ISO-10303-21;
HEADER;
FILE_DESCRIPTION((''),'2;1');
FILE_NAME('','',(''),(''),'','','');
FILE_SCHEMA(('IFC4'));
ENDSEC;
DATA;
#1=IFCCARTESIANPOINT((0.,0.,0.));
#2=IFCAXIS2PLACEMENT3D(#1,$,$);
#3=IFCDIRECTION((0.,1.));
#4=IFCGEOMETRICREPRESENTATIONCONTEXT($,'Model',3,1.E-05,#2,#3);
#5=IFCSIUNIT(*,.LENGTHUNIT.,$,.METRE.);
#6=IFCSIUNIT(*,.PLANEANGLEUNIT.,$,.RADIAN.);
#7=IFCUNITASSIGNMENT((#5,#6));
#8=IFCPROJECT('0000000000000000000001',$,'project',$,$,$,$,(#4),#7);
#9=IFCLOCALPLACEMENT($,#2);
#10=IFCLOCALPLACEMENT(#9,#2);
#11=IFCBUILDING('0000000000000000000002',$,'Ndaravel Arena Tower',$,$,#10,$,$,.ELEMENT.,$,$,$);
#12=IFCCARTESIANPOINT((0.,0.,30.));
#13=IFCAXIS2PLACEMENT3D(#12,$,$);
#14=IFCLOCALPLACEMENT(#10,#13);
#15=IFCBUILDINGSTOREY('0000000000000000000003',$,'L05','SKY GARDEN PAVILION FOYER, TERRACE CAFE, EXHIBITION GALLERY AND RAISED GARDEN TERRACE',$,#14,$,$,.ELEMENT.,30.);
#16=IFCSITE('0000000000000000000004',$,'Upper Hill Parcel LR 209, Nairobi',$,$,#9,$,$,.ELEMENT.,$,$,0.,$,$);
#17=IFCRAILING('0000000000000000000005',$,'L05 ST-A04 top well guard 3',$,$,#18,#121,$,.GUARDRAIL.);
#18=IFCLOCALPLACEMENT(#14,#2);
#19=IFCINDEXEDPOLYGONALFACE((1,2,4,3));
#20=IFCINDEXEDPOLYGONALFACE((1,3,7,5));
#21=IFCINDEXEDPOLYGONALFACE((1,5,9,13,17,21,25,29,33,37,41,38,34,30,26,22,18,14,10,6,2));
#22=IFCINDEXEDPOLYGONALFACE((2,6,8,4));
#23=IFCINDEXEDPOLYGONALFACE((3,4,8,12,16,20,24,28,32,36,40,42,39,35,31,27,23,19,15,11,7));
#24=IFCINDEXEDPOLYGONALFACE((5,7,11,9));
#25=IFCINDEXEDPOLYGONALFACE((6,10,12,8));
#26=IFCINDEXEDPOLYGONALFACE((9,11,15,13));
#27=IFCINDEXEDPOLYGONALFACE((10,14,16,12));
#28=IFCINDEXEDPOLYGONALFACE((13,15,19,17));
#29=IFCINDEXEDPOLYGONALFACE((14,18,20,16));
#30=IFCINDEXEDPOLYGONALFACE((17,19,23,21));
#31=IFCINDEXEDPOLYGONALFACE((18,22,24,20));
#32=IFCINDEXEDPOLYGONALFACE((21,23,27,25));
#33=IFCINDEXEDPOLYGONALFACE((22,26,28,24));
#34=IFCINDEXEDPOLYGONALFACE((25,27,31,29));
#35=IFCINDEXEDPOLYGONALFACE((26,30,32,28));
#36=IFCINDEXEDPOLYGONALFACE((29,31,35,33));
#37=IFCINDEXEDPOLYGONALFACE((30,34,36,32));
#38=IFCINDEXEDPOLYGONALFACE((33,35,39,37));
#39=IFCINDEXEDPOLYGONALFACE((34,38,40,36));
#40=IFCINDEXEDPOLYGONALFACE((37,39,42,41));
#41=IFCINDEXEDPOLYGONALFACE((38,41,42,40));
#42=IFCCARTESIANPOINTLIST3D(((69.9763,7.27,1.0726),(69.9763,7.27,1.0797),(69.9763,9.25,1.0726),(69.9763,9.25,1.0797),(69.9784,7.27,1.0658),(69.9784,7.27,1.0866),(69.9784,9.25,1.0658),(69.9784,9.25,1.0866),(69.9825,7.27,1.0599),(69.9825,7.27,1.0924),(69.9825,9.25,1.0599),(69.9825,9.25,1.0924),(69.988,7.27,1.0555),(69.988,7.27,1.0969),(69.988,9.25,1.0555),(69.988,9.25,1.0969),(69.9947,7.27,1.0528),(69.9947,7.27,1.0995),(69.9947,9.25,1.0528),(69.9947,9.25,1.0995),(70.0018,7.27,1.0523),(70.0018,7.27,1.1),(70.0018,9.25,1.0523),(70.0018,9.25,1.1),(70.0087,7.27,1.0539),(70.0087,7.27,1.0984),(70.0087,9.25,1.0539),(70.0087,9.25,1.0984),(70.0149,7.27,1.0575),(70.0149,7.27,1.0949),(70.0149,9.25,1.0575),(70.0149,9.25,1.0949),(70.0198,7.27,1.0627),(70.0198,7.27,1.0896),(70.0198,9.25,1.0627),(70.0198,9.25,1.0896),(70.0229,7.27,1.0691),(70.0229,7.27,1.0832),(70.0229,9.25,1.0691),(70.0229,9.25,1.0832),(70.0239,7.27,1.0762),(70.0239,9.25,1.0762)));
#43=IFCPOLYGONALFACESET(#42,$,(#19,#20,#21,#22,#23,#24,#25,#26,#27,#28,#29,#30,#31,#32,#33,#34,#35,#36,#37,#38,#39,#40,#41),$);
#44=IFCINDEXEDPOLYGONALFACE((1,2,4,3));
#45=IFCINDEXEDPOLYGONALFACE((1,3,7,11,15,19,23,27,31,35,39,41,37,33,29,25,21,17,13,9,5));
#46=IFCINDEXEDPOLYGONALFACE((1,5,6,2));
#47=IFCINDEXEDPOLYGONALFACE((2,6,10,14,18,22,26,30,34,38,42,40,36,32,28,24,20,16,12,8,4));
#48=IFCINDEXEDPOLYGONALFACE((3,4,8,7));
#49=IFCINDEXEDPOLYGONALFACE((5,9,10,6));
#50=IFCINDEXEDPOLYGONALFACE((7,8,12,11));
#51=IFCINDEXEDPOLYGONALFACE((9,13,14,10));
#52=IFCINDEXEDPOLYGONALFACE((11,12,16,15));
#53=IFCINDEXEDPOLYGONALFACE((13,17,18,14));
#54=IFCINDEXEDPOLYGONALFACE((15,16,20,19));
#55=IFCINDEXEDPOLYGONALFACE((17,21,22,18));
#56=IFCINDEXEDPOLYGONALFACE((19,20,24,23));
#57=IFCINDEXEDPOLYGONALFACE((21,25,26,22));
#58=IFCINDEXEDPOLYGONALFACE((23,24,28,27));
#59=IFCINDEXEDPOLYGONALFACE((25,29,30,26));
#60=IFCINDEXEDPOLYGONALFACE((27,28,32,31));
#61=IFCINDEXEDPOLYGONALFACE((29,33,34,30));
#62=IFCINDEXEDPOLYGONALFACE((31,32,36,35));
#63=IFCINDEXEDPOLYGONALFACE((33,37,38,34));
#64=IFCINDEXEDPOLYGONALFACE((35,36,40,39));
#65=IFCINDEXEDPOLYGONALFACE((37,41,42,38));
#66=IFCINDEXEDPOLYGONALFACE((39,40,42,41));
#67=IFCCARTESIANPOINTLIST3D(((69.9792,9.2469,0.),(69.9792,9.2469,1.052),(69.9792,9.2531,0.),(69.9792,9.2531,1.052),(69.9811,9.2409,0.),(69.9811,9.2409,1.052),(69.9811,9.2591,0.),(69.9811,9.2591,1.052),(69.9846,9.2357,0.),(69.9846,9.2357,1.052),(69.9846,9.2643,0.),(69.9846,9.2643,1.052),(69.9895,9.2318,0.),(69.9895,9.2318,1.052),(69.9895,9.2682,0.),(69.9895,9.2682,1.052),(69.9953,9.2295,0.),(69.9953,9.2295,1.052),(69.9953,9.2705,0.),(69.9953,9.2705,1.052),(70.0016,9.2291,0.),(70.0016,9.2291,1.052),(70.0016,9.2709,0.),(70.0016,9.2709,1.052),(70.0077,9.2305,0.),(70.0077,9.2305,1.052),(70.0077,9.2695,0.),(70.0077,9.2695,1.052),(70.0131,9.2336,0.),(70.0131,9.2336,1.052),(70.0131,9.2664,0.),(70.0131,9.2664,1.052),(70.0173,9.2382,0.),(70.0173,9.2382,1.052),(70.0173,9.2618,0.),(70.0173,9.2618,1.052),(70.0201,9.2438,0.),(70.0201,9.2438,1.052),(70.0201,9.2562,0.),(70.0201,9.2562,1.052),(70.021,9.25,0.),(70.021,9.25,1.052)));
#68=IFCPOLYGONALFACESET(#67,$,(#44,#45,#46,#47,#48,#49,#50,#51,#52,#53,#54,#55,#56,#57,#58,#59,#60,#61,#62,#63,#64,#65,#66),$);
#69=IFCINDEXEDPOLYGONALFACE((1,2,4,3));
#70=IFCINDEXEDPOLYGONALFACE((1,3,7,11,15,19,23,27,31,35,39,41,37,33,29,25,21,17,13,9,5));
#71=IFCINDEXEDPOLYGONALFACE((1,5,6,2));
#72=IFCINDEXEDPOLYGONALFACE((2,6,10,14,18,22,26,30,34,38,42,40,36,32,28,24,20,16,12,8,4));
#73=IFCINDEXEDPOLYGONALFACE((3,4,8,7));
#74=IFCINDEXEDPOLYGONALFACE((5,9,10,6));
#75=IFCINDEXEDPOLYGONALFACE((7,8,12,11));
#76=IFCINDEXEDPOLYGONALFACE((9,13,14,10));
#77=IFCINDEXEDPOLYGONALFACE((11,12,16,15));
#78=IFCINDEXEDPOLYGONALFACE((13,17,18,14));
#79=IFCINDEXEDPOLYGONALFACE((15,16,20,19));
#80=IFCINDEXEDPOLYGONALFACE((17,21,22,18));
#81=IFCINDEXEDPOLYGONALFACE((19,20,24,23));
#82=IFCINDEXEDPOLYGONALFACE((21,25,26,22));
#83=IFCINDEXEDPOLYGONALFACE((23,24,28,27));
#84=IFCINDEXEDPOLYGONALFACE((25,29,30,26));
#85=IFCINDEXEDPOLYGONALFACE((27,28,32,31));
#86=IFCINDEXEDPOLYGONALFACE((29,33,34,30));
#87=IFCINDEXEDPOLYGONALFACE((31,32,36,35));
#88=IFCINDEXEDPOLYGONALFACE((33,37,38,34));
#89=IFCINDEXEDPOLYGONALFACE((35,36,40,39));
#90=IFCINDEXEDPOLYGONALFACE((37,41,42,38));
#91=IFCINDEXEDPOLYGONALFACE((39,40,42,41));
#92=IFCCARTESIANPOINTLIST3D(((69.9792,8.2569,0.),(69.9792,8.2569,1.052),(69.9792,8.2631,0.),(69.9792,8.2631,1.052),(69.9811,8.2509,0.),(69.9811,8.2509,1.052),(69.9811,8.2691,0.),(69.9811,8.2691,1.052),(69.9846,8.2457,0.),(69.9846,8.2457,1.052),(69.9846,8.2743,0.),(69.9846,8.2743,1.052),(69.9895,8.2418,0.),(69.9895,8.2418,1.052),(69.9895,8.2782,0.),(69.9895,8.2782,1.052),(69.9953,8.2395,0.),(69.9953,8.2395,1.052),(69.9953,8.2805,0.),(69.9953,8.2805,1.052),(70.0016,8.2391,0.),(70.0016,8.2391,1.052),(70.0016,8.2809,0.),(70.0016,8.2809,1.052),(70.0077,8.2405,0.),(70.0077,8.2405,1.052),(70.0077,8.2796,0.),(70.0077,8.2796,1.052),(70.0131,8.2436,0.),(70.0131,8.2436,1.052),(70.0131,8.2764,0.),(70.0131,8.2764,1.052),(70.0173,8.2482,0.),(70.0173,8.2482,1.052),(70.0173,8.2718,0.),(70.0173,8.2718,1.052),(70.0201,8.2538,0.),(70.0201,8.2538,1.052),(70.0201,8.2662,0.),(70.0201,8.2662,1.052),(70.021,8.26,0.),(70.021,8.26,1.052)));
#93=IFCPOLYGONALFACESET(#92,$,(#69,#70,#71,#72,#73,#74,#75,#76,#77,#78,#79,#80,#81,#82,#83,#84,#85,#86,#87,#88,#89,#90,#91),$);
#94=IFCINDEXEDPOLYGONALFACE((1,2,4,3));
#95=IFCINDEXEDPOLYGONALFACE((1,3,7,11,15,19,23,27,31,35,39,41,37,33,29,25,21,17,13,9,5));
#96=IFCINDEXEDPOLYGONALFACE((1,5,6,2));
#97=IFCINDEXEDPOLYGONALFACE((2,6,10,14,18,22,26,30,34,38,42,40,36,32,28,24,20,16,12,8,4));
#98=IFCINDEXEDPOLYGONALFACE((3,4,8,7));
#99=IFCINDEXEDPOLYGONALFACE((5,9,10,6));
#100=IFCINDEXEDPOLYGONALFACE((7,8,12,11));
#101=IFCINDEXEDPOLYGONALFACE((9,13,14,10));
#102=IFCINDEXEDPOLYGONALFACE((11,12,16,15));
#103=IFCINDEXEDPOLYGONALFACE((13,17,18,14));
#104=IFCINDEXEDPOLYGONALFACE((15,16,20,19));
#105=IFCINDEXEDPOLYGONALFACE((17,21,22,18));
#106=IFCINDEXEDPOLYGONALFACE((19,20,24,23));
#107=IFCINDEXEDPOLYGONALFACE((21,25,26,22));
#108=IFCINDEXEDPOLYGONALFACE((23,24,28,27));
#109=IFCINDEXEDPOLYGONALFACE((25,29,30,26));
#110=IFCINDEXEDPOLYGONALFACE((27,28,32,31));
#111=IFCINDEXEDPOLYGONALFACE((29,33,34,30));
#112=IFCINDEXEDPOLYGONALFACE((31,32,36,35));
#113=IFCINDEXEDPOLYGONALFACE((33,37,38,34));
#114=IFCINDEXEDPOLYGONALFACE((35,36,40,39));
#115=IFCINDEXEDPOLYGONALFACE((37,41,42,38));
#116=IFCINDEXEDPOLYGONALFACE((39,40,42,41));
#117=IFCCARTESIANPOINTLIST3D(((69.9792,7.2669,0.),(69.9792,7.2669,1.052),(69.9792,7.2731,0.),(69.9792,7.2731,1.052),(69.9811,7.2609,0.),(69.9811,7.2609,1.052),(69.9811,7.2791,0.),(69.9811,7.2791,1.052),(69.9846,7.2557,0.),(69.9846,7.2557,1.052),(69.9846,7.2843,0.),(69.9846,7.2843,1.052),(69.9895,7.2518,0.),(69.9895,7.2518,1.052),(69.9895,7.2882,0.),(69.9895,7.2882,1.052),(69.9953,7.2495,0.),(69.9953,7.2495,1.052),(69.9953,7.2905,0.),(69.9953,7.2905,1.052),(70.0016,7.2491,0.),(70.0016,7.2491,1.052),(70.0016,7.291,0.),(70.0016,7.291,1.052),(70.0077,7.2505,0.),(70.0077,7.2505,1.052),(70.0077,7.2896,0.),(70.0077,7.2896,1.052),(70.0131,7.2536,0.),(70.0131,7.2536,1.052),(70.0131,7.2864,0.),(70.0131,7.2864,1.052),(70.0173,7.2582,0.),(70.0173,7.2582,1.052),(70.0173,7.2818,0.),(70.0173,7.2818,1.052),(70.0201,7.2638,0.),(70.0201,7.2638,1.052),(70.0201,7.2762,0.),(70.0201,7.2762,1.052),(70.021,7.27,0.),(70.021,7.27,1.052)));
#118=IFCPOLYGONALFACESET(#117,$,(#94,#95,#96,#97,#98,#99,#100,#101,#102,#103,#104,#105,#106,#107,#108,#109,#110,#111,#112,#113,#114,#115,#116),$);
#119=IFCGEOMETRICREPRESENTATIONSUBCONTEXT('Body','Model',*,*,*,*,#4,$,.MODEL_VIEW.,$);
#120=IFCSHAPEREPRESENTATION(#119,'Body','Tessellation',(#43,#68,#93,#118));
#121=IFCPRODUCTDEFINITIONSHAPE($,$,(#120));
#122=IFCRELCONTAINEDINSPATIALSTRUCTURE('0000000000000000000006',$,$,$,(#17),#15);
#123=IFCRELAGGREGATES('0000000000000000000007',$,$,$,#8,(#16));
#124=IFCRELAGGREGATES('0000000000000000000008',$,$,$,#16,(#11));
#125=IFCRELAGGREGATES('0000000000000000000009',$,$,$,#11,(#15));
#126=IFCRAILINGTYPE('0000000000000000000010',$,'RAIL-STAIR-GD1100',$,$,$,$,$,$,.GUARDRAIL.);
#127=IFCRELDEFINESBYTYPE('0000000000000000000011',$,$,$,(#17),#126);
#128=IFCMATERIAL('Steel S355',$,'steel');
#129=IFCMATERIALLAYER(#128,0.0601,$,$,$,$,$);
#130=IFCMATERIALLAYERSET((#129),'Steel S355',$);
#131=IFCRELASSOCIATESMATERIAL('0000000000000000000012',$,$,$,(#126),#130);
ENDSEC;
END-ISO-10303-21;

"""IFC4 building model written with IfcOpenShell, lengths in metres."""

from ifc_helpers import new_model, si_unit, direction, frame, origin, origin_2d, place, context, subcontext, project, spatial, circle, extrude, material, layer, layer_set, type_object, element, save


model = new_model("IFC4")

# Units and contexts
model_context = context("Model", 3, precision=1e-05, world=origin(), true_north=direction((0.0, 1.0)))
body_context = subcontext(model_context, "Body", "Model", "MODEL_VIEW")
ifc_project = project(units=[si_unit("LENGTHUNIT", "METRE"), si_unit("PLANEANGLEUNIT", "RADIAN")], contexts=[model_context])

# Site, building, storey
site_placement = place(None, origin())
site = spatial("IfcSite", under=ifc_project, at=site_placement, Name="Upper Hill Parcel LR 209, Nairobi", CompositionType="ELEMENT", RefElevation=0.0)
building_placement = place(site_placement, origin())
building = spatial("IfcBuilding", under=site, at=building_placement, Name="Ndaravel Arena Tower", CompositionType="ELEMENT")
storey_placement = place(building_placement, frame((0.0, 0.0, 30.0)))
storey = spatial("IfcBuildingStorey", under=building, at=storey_placement, Name="L05", Description="SKY GARDEN PAVILION FOYER, TERRACE CAFE, EXHIBITION GALLERY AND RAISED GARDEN TERRACE", CompositionType="ELEMENT", Elevation=30.0)

# Railing
ifc_material_1 = material(Name="Steel S355", Category="steel")
ifc_layer_1 = layer(ifc_material_1, 0.0601)
ifc_layer_set_1 = layer_set([ifc_layer_1], Name="Steel S355")
railing_type_1 = type_object("IfcRailingType", Name="RAIL-STAIR-GD1100", PredefinedType="GUARDRAIL", material=ifc_layer_set_1)
for number, where, name in (
    (1, (70.0, 9.25, 0.0), "L05 ST-A04 top well guard 3"),
):
    element("IfcRailing", number, at=place(storey_placement, frame(where)), inside=storey, type_object=railing_type_1, Name=name, PredefinedType="GUARDRAIL", context=body_context, shape_type="SweptSolid", body=[
        extrude(circle(Radius=0.0239, at=origin_2d()), frame((0.0, 0.0, 1.0762), z_axis=(0.0, -1.0, 0.0), x_axis=(1.0, 0.0, 0.0)), (0.0, 0.0, 1.0), 1.98),
        extrude(circle(Radius=0.021, at=origin_2d()), origin(), (0.0, 0.0, 1.0), 1.052),
        extrude(circle(Radius=0.021, at=origin_2d()), frame((0.0, -0.99, 0.0)), (0.0, 0.0, 1.0), 1.052),
        extrude(circle(Radius=0.021, at=origin_2d()), frame((0.0, -1.98, 0.0)), (0.0, 0.0, 1.0), 1.052),
    ])

save(model, "model.ifc")
